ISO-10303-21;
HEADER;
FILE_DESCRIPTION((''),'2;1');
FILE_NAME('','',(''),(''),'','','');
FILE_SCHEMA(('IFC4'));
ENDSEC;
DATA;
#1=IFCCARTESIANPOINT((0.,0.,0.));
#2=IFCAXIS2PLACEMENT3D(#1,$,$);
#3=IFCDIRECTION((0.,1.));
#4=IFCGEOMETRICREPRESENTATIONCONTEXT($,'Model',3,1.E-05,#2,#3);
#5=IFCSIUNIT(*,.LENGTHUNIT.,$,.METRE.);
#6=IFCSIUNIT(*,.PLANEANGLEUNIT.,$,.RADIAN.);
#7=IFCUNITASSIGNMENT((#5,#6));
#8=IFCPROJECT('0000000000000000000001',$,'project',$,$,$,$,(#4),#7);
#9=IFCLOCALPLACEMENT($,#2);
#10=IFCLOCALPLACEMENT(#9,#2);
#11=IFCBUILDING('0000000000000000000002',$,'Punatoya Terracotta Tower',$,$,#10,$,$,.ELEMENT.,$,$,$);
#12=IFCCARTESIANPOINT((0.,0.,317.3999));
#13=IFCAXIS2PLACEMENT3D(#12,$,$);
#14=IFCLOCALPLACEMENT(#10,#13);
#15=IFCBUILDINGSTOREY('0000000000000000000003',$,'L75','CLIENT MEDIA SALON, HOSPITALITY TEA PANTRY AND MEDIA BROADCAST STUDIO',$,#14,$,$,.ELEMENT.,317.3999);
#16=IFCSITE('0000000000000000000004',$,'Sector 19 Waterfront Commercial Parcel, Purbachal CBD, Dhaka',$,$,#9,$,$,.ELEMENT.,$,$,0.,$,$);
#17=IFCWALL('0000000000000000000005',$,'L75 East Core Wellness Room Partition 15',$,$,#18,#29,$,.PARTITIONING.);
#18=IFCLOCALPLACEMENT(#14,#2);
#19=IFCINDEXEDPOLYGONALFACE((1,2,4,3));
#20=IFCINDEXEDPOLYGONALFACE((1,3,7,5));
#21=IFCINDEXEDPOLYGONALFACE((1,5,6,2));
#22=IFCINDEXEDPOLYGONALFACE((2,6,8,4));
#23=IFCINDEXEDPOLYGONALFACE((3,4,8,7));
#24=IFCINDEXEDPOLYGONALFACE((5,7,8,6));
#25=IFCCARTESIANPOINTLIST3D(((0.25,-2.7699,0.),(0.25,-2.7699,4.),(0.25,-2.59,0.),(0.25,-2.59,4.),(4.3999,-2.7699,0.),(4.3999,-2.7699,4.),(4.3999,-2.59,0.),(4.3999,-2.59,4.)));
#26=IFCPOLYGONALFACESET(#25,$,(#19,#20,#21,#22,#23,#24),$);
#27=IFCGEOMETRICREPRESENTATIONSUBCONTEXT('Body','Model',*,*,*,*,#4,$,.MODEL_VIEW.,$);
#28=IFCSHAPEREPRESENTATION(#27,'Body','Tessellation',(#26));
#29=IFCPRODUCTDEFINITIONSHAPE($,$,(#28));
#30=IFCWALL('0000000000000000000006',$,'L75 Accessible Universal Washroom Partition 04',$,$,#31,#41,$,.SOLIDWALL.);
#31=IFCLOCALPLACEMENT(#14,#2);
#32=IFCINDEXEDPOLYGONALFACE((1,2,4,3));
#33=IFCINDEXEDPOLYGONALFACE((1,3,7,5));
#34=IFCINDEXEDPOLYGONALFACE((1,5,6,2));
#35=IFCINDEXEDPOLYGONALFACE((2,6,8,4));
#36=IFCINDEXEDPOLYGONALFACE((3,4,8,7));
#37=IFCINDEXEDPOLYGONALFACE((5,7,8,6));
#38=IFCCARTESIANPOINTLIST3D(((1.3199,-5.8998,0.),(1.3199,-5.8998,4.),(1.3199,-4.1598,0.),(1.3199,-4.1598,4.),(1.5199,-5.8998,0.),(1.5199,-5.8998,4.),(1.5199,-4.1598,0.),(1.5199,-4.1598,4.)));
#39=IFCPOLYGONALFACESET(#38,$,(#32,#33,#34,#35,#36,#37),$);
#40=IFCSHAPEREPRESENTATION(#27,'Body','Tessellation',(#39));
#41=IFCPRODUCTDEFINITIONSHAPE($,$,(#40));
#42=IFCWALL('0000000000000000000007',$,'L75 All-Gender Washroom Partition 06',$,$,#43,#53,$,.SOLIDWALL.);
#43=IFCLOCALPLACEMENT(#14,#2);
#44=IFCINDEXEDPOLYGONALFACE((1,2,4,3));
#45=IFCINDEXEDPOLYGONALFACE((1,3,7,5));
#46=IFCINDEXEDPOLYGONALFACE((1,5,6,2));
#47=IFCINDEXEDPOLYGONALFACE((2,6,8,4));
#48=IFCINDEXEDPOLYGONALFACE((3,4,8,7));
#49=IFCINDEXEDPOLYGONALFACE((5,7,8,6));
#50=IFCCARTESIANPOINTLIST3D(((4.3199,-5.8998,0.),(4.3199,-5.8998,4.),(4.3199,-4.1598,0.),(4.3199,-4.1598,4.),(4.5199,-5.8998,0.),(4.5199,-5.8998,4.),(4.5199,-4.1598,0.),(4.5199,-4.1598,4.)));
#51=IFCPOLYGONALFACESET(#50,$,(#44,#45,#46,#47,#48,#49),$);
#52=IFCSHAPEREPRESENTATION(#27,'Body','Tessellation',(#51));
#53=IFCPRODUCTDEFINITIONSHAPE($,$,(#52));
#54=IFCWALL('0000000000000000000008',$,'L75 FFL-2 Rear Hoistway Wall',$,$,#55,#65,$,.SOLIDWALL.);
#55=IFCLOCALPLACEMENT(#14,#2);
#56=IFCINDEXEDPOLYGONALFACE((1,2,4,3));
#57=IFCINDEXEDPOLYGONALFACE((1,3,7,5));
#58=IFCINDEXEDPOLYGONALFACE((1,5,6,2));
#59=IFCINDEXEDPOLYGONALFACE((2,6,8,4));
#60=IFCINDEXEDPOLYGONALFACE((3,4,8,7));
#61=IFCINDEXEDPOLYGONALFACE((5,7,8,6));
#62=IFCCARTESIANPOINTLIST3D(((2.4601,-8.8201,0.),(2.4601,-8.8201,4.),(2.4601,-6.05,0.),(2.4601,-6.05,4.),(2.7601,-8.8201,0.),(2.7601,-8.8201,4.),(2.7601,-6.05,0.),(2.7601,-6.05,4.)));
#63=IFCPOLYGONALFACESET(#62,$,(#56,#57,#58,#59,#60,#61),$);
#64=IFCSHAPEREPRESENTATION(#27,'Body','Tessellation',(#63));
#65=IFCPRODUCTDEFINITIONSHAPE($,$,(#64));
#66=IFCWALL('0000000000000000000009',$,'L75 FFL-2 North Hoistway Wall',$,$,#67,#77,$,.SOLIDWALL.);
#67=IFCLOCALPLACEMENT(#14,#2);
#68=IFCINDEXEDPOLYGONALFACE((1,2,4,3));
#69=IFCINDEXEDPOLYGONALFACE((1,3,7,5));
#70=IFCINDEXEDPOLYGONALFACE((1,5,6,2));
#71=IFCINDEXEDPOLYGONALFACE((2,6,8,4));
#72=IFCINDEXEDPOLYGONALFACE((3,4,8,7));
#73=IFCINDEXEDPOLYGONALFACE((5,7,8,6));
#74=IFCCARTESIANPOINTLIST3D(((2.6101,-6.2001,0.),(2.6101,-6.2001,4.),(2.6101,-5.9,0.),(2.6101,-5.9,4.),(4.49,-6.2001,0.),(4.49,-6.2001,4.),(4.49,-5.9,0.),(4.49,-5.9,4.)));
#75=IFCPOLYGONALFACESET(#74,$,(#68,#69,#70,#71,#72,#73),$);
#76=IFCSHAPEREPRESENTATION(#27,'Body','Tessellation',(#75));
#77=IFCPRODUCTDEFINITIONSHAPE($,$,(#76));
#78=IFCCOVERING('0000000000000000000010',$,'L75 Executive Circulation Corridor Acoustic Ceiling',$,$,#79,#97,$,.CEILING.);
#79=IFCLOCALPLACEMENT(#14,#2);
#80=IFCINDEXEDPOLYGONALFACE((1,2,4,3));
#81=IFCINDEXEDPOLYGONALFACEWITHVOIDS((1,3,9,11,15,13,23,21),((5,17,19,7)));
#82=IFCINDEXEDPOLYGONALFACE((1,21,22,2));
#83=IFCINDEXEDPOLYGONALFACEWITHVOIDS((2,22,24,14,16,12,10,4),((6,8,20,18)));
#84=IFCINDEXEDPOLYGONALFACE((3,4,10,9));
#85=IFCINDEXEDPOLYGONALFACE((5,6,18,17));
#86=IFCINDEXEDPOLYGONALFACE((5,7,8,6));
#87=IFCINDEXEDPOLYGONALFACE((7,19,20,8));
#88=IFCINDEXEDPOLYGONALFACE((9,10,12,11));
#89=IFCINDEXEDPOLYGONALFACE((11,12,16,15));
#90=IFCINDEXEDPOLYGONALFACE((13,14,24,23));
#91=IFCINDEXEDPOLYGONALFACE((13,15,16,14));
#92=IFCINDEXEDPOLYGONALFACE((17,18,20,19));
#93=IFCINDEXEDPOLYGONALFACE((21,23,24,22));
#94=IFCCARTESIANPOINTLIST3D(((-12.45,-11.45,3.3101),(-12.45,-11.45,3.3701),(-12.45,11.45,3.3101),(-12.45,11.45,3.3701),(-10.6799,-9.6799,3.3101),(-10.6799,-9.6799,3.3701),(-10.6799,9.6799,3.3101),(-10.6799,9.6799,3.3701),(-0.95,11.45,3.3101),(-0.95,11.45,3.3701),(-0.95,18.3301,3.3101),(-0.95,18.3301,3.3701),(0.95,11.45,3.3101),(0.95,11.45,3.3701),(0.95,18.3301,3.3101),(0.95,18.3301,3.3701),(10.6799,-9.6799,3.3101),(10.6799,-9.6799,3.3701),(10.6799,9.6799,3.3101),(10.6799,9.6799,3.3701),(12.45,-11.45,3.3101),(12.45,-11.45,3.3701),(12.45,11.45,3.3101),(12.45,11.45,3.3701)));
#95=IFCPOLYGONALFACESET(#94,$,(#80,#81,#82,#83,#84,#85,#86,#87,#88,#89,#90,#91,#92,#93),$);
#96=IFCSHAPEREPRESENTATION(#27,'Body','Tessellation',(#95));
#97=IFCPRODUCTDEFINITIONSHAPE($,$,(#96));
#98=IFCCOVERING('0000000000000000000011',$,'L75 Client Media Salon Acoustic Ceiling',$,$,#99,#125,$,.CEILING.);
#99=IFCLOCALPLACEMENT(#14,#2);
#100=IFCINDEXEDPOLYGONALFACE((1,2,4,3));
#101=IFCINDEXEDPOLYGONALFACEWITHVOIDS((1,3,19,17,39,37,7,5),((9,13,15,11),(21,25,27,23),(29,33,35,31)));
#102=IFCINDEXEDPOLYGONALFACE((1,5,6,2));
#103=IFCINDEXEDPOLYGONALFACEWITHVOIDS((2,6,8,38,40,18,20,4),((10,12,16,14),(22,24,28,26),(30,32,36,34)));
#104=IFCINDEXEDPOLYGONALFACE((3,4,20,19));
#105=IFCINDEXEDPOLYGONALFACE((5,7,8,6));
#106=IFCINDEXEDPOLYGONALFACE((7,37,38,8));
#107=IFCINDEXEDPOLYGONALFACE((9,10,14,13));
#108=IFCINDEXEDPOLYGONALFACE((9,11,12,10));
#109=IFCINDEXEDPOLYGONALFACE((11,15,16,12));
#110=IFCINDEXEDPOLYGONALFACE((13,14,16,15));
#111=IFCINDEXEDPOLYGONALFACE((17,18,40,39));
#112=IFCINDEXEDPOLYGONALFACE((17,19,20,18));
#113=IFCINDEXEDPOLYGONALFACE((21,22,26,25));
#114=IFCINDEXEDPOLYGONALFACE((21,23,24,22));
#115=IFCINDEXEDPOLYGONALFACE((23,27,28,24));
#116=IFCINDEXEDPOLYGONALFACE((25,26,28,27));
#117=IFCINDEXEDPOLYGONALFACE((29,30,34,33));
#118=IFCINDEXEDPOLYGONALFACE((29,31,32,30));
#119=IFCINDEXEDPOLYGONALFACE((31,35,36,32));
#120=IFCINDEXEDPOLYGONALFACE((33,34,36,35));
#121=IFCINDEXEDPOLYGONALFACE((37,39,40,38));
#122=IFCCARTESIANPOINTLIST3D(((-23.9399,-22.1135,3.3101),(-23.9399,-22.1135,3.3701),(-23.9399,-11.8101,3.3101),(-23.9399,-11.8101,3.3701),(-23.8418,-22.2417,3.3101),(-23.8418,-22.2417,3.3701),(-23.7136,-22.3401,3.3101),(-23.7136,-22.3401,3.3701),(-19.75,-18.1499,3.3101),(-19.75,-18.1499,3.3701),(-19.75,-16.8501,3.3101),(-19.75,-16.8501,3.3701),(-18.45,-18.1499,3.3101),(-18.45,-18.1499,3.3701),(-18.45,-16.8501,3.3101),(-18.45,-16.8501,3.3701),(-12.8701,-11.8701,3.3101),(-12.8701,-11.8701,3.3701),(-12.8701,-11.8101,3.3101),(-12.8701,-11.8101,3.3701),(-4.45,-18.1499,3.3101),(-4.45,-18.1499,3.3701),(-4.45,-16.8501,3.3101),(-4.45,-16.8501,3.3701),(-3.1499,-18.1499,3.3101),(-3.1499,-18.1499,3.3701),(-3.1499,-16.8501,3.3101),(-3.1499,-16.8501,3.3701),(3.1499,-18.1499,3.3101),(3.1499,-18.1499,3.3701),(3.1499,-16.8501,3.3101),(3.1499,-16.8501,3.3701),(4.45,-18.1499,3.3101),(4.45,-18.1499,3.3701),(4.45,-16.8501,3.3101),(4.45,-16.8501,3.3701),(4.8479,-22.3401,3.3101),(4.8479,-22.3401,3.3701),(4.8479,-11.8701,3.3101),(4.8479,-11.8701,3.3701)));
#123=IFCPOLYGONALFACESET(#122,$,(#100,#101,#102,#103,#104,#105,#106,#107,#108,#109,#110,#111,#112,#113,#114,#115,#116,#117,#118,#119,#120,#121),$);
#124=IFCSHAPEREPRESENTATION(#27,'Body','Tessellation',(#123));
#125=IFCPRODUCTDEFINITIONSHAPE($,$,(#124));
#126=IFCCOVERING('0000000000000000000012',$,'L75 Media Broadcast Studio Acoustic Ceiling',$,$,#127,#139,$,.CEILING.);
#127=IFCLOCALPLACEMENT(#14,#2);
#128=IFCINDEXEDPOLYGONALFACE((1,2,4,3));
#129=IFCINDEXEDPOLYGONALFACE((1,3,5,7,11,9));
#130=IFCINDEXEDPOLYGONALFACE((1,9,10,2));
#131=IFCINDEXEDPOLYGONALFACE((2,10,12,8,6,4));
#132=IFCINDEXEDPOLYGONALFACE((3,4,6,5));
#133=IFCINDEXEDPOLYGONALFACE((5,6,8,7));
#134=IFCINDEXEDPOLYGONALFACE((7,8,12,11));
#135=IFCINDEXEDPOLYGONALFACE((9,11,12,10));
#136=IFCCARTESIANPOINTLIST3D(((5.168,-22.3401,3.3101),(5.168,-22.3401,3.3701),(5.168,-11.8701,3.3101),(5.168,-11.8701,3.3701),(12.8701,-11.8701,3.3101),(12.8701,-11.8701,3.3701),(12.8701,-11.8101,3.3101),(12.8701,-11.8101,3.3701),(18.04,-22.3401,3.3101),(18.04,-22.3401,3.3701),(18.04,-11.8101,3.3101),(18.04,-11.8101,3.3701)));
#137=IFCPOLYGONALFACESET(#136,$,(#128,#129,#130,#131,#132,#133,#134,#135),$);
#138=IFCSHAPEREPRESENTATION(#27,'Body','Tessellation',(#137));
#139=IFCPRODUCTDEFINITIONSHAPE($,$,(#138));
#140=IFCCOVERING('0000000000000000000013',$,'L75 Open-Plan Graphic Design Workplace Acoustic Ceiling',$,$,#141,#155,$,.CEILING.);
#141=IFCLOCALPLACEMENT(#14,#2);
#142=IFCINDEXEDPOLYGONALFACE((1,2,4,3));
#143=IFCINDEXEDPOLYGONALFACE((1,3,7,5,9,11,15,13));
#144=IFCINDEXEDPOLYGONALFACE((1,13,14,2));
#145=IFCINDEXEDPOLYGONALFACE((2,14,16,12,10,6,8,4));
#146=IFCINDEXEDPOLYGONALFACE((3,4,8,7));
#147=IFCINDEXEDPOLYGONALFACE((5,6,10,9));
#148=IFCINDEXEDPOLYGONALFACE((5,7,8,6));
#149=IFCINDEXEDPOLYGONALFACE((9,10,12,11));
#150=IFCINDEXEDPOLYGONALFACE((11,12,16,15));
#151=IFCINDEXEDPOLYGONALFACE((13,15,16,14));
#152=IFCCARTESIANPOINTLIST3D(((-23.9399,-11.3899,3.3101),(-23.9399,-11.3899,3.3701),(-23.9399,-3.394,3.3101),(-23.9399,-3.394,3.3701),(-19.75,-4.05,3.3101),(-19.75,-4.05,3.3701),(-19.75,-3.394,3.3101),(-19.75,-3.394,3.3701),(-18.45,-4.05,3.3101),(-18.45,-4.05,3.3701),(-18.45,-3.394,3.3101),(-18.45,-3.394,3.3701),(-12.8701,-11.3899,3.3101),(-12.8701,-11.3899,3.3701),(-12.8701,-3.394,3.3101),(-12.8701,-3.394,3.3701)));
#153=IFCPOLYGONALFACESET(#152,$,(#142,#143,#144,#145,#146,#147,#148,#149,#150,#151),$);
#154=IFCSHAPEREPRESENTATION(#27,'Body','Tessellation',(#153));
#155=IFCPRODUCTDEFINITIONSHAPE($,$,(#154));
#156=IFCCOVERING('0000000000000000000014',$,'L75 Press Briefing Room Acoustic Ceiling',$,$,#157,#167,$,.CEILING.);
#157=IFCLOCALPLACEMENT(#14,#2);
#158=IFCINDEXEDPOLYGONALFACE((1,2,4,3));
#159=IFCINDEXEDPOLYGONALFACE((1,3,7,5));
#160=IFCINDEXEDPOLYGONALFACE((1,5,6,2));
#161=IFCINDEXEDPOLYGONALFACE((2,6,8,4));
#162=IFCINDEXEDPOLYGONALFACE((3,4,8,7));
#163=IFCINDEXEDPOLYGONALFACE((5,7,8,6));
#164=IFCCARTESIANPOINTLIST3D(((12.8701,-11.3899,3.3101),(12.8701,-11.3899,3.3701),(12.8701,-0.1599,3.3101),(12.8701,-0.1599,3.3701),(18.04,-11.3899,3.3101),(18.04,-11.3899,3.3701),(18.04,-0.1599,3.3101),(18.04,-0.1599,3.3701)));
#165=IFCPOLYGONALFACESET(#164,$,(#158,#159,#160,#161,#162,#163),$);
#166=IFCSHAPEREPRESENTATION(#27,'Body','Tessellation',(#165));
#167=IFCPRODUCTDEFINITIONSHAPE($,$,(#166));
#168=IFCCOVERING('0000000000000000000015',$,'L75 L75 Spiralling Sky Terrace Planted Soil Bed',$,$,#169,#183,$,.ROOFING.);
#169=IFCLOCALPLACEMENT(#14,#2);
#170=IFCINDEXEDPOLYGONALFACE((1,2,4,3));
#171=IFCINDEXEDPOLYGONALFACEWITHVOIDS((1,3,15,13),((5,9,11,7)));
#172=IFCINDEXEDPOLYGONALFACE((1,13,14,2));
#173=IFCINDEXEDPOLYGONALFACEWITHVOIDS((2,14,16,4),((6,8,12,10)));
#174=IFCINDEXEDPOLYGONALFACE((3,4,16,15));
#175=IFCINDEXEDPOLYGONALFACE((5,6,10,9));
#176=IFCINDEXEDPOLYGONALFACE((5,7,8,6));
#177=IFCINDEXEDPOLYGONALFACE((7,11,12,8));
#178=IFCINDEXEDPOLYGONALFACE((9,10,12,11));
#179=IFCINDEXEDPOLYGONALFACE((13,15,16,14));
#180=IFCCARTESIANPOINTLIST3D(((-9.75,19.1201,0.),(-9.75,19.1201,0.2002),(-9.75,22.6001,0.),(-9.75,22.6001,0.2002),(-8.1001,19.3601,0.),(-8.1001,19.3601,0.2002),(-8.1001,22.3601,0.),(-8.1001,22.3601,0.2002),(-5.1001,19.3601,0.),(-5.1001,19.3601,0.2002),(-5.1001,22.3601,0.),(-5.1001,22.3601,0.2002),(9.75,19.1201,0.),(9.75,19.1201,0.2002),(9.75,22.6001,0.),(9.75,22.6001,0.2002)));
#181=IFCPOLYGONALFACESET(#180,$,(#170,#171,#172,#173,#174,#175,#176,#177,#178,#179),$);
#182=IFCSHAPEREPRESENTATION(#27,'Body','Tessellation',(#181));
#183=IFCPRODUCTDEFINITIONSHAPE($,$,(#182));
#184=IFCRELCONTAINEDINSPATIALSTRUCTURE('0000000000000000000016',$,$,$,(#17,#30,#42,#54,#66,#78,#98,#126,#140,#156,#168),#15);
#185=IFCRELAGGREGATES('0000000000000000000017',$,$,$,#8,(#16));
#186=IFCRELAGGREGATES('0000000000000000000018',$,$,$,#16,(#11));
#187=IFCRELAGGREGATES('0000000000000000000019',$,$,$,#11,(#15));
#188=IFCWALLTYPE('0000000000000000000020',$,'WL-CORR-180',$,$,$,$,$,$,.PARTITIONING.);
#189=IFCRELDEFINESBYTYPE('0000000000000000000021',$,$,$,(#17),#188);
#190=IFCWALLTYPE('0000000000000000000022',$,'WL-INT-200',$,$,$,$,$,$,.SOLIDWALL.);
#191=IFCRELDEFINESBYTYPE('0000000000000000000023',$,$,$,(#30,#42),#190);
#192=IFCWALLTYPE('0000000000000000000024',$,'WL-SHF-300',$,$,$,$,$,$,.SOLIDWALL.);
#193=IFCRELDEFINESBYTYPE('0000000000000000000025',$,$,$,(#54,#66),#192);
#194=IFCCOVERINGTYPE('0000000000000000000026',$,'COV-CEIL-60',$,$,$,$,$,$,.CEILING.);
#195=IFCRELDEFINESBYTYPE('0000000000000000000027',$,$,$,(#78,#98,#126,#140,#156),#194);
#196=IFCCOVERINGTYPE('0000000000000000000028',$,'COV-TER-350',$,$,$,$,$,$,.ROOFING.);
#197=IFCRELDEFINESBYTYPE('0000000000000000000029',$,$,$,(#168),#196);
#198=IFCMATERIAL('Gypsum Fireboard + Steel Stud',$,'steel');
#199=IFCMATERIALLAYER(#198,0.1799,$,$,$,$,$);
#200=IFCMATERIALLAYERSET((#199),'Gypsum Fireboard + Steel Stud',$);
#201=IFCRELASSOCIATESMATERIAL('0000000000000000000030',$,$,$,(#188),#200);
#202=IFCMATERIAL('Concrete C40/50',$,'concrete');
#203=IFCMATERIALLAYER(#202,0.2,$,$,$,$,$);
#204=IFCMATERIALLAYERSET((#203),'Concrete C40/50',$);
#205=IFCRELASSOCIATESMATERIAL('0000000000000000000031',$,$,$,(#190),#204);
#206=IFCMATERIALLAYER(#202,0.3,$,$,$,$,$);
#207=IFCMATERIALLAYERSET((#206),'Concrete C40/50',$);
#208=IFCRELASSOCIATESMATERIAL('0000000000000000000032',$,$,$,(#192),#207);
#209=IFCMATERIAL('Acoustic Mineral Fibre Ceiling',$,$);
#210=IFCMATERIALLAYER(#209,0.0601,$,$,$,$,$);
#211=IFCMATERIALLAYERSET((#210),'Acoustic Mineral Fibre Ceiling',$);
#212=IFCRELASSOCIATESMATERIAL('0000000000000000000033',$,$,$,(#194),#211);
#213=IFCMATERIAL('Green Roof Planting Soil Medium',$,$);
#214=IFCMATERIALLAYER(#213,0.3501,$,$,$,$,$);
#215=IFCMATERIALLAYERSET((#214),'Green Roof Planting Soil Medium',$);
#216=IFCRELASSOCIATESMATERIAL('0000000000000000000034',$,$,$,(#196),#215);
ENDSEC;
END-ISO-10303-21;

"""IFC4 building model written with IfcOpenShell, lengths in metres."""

from ifc_helpers import new_model, si_unit, direction, frame, frame_2d, origin, place, context, subcontext, project, spatial, polyline, rectangle, outline, extrude, material, layer, layer_set, type_object, element, save


model = new_model("IFC4")

# Units and contexts
model_context = context("Model", 3, precision=1e-05, world=origin(), true_north=direction((0.0, 1.0)))
body_context = subcontext(model_context, "Body", "Model", "MODEL_VIEW")
ifc_project = project(units=[si_unit("LENGTHUNIT", "METRE"), si_unit("PLANEANGLEUNIT", "RADIAN")], contexts=[model_context])

# Site, building, storey
site_placement = place(None, origin())
site = spatial("IfcSite", under=ifc_project, at=site_placement, Name="Sector 19 Waterfront Commercial Parcel, Purbachal CBD, Dhaka", CompositionType="ELEMENT", RefElevation=0.0)
building_placement = place(site_placement, origin())
building = spatial("IfcBuilding", under=site, at=building_placement, Name="Punatoya Terracotta Tower", CompositionType="ELEMENT")
storey_placement = place(building_placement, frame((0.0, 0.0, 317.3999)))
storey = spatial("IfcBuildingStorey", under=building, at=storey_placement, Name="L75", Description="CLIENT MEDIA SALON, HOSPITALITY TEA PANTRY AND MEDIA BROADCAST STUDIO", CompositionType="ELEMENT", Elevation=317.3999)

# Shared definitions
ifc_material_1 = material(Name="Concrete C40/50", Category="concrete")

# Shared definitions
ifc_material_2 = material(Name="Gypsum Fireboard + Steel Stud", Category="steel")
ifc_layer_1 = layer(ifc_material_2, 0.1799)
ifc_layer_set_1 = layer_set([ifc_layer_1], Name="Gypsum Fireboard + Steel Stud")
wall_type_1 = type_object("IfcWallType", Name="WL-CORR-180", PredefinedType="PARTITIONING", material=ifc_layer_set_1)

# Walls
wall_1_placement = place(storey_placement, frame((0.25, -2.6799, 0.0), z_axis=(0.0, 0.0, 1.0), x_axis=(1.0, 0.0, 0.0)))
element("IfcWall", 1, at=wall_1_placement, inside=storey, type_object=wall_type_1, Name="L75 East Core Wellness Room Partition 15", PredefinedType="PARTITIONING", context=body_context, shape_type="SweptSolid", body=[
    extrude(rectangle(XDim=4.1499, YDim=0.1799, at=frame_2d((2.075, 0.0))), origin(), (0.0, 0.0, 1.0), 4.0),
])
ifc_layer_2 = layer(ifc_material_1, 0.2)
ifc_layer_set_2 = layer_set([ifc_layer_2], Name="Concrete C40/50")
wall_type_2 = type_object("IfcWallType", Name="WL-INT-200", PredefinedType="SOLIDWALL", material=ifc_layer_set_2)
wall_2_placement = place(storey_placement, frame((1.4199, -5.8999, 0.0), z_axis=(0.0, 0.0, 1.0), x_axis=(0.0, 1.0, 0.0)))
element("IfcWall", 2, at=wall_2_placement, inside=storey, type_object=wall_type_2, Name="L75 Accessible Universal Washroom Partition 04", PredefinedType="SOLIDWALL", context=body_context, shape_type="SweptSolid", body=[
    extrude(rectangle(XDim=1.74, YDim=0.2, at=frame_2d((0.8701, 0.0))), origin(), (0.0, 0.0, 1.0), 4.0),
])

# Walls
wall_3_placement = place(storey_placement, frame((4.4199, -5.8999, 0.0), z_axis=(0.0, 0.0, 1.0), x_axis=(0.0, 1.0, 0.0)))
element("IfcWall", 3, at=wall_3_placement, inside=storey, type_object=wall_type_2, Name="L75 All-Gender Washroom Partition 06", PredefinedType="SOLIDWALL", context=body_context, shape_type="SweptSolid", body=[
    extrude(rectangle(XDim=1.74, YDim=0.2, at=frame_2d((0.8701, 0.0))), origin(), (0.0, 0.0, 1.0), 4.0),
])
ifc_layer_3 = layer(ifc_material_1, 0.3)
ifc_layer_set_3 = layer_set([ifc_layer_3], Name="Concrete C40/50")
wall_type_3 = type_object("IfcWallType", Name="WL-SHF-300", PredefinedType="SOLIDWALL", material=ifc_layer_set_3)
wall_4_placement = place(storey_placement, frame((2.6101, -8.8201, 0.0), z_axis=(0.0, 0.0, 1.0), x_axis=(0.0, 1.0, 0.0)))
element("IfcWall", 4, at=wall_4_placement, inside=storey, type_object=wall_type_3, Name="L75 FFL-2 Rear Hoistway Wall", PredefinedType="SOLIDWALL", context=body_context, shape_type="SweptSolid", body=[
    extrude(rectangle(XDim=2.77, YDim=0.3, at=frame_2d((1.385, 0.0))), origin(), (0.0, 0.0, 1.0), 4.0),
])
wall_5_placement = place(storey_placement, frame((2.6101, -6.05, 0.0), z_axis=(0.0, 0.0, 1.0), x_axis=(1.0, 0.0, 0.0)))
element("IfcWall", 5, at=wall_5_placement, inside=storey, type_object=wall_type_3, Name="L75 FFL-2 North Hoistway Wall", PredefinedType="SOLIDWALL", context=body_context, shape_type="SweptSolid", body=[
    extrude(rectangle(XDim=1.8799, YDim=0.3, at=frame_2d((0.9399, 0.0))), origin(), (0.0, 0.0, 1.0), 4.0),
])

# Coverings
ifc_material_3 = material(Name="Acoustic Mineral Fibre Ceiling")
ifc_layer_4 = layer(ifc_material_3, 0.0601)
ifc_layer_set_4 = layer_set([ifc_layer_4], Name="Acoustic Mineral Fibre Ceiling")
covering_type_1 = type_object("IfcCoveringType", Name="COV-CEIL-60", PredefinedType="CEILING", material=ifc_layer_set_4)
covering_1_placement = place(storey_placement, frame((0.0, 0.0, 3.3101)))
element("IfcCovering", 6, at=covering_1_placement, inside=storey, type_object=covering_type_1, Name="L75 Executive Circulation Corridor Acoustic Ceiling", PredefinedType="CEILING", context=body_context, shape_type="SweptSolid", body=[
    extrude(outline(polyline([(12.45, 11.45), (0.95, 11.45), (0.95, 18.3301), (-0.95, 18.3301), (-0.95, 11.45), (-12.45, 11.45), (-12.45, -11.45), (12.45, -11.45), (12.45, 11.45)]), holes=[polyline([(-10.6799, 9.6799), (10.6799, 9.6799), (10.6799, -9.6799), (-10.6799, -9.6799), (-10.6799, 9.6799)])]), origin(), (0.0, 0.0, 1.0), 0.0601),
])
covering_2_placement = place(storey_placement, frame((0.0, 0.0, 3.3101)))
element("IfcCovering", 7, at=covering_2_placement, inside=storey, type_object=covering_type_1, Name="L75 Client Media Salon Acoustic Ceiling", PredefinedType="CEILING", context=body_context, shape_type="SweptSolid", body=[
    extrude(outline(polyline([(-23.7136, -22.3401), (4.8479, -22.3401), (4.8479, -11.8701), (-12.8701, -11.8701), (-12.8701, -11.8101), (-23.9399, -11.8101), (-23.9399, -22.1135), (-23.8418, -22.2417), (-23.7136, -22.3401)]), holes=[polyline([(4.45, -16.8501), (4.45, -18.1499), (3.1499, -18.1499), (3.1499, -16.8501), (4.45, -16.8501)]), polyline([(-4.45, -16.8501), (-3.1499, -16.8501), (-3.1499, -18.1499), (-4.45, -18.1499), (-4.45, -16.8501)]), polyline([(-19.75, -18.1499), (-19.75, -16.8501), (-18.45, -16.8501), (-18.45, -18.1499), (-19.75, -18.1499)])]), origin(), (0.0, 0.0, 1.0), 0.0601),
])
covering_3_placement = place(storey_placement, frame((0.0, 0.0, 3.3101)))
element("IfcCovering", 8, at=covering_3_placement, inside=storey, type_object=covering_type_1, Name="L75 Media Broadcast Studio Acoustic Ceiling", PredefinedType="CEILING", context=body_context, shape_type="SweptSolid", body=[
    extrude(outline(polyline([(12.8701, -11.8701), (5.168, -11.8701), (5.168, -22.3401), (18.04, -22.3401), (18.04, -11.8101), (12.8701, -11.8101), (12.8701, -11.8701)])), origin(), (0.0, 0.0, 1.0), 0.0601),
])
covering_4_placement = place(storey_placement, frame((0.0, 0.0, 3.3101)))
element("IfcCovering", 9, at=covering_4_placement, inside=storey, type_object=covering_type_1, Name="L75 Open-Plan Graphic Design Workplace Acoustic Ceiling", PredefinedType="CEILING", context=body_context, shape_type="SweptSolid", body=[
    extrude(outline(polyline([(-23.9399, -3.394), (-23.9399, -11.3899), (-12.8701, -11.3899), (-12.8701, -3.394), (-18.45, -3.394), (-18.45, -4.05), (-19.75, -4.05), (-19.75, -3.394), (-23.9399, -3.394)])), origin(), (0.0, 0.0, 1.0), 0.0601),
])
covering_5_placement = place(storey_placement, frame((0.0, 0.0, 3.3101)))
element("IfcCovering", 10, at=covering_5_placement, inside=storey, type_object=covering_type_1, Name="L75 Press Briefing Room Acoustic Ceiling", PredefinedType="CEILING", context=body_context, shape_type="SweptSolid", body=[
    extrude(outline(polyline([(12.8701, -0.1599), (12.8701, -11.3899), (18.04, -11.3899), (18.04, -0.1599), (12.8701, -0.1599)])), origin(), (0.0, 0.0, 1.0), 0.0601),
])
ifc_material_4 = material(Name="Green Roof Planting Soil Medium")
ifc_layer_5 = layer(ifc_material_4, 0.3501)
ifc_layer_set_5 = layer_set([ifc_layer_5], Name="Green Roof Planting Soil Medium")
covering_type_2 = type_object("IfcCoveringType", Name="COV-TER-350", PredefinedType="ROOFING", material=ifc_layer_set_5)
covering_6_placement = place(storey_placement, origin())
element("IfcCovering", 11, at=covering_6_placement, inside=storey, type_object=covering_type_2, Name="L75 L75 Spiralling Sky Terrace Planted Soil Bed", PredefinedType="ROOFING", context=body_context, shape_type="SweptSolid", body=[
    extrude(outline(polyline([(9.75, 22.6001), (9.75, 19.1201), (-9.75, 19.1201), (-9.75, 22.6001), (9.75, 22.6001)]), holes=[polyline([(-5.1001, 22.3601), (-8.1001, 22.3601), (-8.1001, 19.3601), (-5.1001, 19.3601), (-5.1001, 22.3601)])]), origin(), (0.0, 0.0, 1.0), 0.2002),
])

save(model, "model.ifc")
